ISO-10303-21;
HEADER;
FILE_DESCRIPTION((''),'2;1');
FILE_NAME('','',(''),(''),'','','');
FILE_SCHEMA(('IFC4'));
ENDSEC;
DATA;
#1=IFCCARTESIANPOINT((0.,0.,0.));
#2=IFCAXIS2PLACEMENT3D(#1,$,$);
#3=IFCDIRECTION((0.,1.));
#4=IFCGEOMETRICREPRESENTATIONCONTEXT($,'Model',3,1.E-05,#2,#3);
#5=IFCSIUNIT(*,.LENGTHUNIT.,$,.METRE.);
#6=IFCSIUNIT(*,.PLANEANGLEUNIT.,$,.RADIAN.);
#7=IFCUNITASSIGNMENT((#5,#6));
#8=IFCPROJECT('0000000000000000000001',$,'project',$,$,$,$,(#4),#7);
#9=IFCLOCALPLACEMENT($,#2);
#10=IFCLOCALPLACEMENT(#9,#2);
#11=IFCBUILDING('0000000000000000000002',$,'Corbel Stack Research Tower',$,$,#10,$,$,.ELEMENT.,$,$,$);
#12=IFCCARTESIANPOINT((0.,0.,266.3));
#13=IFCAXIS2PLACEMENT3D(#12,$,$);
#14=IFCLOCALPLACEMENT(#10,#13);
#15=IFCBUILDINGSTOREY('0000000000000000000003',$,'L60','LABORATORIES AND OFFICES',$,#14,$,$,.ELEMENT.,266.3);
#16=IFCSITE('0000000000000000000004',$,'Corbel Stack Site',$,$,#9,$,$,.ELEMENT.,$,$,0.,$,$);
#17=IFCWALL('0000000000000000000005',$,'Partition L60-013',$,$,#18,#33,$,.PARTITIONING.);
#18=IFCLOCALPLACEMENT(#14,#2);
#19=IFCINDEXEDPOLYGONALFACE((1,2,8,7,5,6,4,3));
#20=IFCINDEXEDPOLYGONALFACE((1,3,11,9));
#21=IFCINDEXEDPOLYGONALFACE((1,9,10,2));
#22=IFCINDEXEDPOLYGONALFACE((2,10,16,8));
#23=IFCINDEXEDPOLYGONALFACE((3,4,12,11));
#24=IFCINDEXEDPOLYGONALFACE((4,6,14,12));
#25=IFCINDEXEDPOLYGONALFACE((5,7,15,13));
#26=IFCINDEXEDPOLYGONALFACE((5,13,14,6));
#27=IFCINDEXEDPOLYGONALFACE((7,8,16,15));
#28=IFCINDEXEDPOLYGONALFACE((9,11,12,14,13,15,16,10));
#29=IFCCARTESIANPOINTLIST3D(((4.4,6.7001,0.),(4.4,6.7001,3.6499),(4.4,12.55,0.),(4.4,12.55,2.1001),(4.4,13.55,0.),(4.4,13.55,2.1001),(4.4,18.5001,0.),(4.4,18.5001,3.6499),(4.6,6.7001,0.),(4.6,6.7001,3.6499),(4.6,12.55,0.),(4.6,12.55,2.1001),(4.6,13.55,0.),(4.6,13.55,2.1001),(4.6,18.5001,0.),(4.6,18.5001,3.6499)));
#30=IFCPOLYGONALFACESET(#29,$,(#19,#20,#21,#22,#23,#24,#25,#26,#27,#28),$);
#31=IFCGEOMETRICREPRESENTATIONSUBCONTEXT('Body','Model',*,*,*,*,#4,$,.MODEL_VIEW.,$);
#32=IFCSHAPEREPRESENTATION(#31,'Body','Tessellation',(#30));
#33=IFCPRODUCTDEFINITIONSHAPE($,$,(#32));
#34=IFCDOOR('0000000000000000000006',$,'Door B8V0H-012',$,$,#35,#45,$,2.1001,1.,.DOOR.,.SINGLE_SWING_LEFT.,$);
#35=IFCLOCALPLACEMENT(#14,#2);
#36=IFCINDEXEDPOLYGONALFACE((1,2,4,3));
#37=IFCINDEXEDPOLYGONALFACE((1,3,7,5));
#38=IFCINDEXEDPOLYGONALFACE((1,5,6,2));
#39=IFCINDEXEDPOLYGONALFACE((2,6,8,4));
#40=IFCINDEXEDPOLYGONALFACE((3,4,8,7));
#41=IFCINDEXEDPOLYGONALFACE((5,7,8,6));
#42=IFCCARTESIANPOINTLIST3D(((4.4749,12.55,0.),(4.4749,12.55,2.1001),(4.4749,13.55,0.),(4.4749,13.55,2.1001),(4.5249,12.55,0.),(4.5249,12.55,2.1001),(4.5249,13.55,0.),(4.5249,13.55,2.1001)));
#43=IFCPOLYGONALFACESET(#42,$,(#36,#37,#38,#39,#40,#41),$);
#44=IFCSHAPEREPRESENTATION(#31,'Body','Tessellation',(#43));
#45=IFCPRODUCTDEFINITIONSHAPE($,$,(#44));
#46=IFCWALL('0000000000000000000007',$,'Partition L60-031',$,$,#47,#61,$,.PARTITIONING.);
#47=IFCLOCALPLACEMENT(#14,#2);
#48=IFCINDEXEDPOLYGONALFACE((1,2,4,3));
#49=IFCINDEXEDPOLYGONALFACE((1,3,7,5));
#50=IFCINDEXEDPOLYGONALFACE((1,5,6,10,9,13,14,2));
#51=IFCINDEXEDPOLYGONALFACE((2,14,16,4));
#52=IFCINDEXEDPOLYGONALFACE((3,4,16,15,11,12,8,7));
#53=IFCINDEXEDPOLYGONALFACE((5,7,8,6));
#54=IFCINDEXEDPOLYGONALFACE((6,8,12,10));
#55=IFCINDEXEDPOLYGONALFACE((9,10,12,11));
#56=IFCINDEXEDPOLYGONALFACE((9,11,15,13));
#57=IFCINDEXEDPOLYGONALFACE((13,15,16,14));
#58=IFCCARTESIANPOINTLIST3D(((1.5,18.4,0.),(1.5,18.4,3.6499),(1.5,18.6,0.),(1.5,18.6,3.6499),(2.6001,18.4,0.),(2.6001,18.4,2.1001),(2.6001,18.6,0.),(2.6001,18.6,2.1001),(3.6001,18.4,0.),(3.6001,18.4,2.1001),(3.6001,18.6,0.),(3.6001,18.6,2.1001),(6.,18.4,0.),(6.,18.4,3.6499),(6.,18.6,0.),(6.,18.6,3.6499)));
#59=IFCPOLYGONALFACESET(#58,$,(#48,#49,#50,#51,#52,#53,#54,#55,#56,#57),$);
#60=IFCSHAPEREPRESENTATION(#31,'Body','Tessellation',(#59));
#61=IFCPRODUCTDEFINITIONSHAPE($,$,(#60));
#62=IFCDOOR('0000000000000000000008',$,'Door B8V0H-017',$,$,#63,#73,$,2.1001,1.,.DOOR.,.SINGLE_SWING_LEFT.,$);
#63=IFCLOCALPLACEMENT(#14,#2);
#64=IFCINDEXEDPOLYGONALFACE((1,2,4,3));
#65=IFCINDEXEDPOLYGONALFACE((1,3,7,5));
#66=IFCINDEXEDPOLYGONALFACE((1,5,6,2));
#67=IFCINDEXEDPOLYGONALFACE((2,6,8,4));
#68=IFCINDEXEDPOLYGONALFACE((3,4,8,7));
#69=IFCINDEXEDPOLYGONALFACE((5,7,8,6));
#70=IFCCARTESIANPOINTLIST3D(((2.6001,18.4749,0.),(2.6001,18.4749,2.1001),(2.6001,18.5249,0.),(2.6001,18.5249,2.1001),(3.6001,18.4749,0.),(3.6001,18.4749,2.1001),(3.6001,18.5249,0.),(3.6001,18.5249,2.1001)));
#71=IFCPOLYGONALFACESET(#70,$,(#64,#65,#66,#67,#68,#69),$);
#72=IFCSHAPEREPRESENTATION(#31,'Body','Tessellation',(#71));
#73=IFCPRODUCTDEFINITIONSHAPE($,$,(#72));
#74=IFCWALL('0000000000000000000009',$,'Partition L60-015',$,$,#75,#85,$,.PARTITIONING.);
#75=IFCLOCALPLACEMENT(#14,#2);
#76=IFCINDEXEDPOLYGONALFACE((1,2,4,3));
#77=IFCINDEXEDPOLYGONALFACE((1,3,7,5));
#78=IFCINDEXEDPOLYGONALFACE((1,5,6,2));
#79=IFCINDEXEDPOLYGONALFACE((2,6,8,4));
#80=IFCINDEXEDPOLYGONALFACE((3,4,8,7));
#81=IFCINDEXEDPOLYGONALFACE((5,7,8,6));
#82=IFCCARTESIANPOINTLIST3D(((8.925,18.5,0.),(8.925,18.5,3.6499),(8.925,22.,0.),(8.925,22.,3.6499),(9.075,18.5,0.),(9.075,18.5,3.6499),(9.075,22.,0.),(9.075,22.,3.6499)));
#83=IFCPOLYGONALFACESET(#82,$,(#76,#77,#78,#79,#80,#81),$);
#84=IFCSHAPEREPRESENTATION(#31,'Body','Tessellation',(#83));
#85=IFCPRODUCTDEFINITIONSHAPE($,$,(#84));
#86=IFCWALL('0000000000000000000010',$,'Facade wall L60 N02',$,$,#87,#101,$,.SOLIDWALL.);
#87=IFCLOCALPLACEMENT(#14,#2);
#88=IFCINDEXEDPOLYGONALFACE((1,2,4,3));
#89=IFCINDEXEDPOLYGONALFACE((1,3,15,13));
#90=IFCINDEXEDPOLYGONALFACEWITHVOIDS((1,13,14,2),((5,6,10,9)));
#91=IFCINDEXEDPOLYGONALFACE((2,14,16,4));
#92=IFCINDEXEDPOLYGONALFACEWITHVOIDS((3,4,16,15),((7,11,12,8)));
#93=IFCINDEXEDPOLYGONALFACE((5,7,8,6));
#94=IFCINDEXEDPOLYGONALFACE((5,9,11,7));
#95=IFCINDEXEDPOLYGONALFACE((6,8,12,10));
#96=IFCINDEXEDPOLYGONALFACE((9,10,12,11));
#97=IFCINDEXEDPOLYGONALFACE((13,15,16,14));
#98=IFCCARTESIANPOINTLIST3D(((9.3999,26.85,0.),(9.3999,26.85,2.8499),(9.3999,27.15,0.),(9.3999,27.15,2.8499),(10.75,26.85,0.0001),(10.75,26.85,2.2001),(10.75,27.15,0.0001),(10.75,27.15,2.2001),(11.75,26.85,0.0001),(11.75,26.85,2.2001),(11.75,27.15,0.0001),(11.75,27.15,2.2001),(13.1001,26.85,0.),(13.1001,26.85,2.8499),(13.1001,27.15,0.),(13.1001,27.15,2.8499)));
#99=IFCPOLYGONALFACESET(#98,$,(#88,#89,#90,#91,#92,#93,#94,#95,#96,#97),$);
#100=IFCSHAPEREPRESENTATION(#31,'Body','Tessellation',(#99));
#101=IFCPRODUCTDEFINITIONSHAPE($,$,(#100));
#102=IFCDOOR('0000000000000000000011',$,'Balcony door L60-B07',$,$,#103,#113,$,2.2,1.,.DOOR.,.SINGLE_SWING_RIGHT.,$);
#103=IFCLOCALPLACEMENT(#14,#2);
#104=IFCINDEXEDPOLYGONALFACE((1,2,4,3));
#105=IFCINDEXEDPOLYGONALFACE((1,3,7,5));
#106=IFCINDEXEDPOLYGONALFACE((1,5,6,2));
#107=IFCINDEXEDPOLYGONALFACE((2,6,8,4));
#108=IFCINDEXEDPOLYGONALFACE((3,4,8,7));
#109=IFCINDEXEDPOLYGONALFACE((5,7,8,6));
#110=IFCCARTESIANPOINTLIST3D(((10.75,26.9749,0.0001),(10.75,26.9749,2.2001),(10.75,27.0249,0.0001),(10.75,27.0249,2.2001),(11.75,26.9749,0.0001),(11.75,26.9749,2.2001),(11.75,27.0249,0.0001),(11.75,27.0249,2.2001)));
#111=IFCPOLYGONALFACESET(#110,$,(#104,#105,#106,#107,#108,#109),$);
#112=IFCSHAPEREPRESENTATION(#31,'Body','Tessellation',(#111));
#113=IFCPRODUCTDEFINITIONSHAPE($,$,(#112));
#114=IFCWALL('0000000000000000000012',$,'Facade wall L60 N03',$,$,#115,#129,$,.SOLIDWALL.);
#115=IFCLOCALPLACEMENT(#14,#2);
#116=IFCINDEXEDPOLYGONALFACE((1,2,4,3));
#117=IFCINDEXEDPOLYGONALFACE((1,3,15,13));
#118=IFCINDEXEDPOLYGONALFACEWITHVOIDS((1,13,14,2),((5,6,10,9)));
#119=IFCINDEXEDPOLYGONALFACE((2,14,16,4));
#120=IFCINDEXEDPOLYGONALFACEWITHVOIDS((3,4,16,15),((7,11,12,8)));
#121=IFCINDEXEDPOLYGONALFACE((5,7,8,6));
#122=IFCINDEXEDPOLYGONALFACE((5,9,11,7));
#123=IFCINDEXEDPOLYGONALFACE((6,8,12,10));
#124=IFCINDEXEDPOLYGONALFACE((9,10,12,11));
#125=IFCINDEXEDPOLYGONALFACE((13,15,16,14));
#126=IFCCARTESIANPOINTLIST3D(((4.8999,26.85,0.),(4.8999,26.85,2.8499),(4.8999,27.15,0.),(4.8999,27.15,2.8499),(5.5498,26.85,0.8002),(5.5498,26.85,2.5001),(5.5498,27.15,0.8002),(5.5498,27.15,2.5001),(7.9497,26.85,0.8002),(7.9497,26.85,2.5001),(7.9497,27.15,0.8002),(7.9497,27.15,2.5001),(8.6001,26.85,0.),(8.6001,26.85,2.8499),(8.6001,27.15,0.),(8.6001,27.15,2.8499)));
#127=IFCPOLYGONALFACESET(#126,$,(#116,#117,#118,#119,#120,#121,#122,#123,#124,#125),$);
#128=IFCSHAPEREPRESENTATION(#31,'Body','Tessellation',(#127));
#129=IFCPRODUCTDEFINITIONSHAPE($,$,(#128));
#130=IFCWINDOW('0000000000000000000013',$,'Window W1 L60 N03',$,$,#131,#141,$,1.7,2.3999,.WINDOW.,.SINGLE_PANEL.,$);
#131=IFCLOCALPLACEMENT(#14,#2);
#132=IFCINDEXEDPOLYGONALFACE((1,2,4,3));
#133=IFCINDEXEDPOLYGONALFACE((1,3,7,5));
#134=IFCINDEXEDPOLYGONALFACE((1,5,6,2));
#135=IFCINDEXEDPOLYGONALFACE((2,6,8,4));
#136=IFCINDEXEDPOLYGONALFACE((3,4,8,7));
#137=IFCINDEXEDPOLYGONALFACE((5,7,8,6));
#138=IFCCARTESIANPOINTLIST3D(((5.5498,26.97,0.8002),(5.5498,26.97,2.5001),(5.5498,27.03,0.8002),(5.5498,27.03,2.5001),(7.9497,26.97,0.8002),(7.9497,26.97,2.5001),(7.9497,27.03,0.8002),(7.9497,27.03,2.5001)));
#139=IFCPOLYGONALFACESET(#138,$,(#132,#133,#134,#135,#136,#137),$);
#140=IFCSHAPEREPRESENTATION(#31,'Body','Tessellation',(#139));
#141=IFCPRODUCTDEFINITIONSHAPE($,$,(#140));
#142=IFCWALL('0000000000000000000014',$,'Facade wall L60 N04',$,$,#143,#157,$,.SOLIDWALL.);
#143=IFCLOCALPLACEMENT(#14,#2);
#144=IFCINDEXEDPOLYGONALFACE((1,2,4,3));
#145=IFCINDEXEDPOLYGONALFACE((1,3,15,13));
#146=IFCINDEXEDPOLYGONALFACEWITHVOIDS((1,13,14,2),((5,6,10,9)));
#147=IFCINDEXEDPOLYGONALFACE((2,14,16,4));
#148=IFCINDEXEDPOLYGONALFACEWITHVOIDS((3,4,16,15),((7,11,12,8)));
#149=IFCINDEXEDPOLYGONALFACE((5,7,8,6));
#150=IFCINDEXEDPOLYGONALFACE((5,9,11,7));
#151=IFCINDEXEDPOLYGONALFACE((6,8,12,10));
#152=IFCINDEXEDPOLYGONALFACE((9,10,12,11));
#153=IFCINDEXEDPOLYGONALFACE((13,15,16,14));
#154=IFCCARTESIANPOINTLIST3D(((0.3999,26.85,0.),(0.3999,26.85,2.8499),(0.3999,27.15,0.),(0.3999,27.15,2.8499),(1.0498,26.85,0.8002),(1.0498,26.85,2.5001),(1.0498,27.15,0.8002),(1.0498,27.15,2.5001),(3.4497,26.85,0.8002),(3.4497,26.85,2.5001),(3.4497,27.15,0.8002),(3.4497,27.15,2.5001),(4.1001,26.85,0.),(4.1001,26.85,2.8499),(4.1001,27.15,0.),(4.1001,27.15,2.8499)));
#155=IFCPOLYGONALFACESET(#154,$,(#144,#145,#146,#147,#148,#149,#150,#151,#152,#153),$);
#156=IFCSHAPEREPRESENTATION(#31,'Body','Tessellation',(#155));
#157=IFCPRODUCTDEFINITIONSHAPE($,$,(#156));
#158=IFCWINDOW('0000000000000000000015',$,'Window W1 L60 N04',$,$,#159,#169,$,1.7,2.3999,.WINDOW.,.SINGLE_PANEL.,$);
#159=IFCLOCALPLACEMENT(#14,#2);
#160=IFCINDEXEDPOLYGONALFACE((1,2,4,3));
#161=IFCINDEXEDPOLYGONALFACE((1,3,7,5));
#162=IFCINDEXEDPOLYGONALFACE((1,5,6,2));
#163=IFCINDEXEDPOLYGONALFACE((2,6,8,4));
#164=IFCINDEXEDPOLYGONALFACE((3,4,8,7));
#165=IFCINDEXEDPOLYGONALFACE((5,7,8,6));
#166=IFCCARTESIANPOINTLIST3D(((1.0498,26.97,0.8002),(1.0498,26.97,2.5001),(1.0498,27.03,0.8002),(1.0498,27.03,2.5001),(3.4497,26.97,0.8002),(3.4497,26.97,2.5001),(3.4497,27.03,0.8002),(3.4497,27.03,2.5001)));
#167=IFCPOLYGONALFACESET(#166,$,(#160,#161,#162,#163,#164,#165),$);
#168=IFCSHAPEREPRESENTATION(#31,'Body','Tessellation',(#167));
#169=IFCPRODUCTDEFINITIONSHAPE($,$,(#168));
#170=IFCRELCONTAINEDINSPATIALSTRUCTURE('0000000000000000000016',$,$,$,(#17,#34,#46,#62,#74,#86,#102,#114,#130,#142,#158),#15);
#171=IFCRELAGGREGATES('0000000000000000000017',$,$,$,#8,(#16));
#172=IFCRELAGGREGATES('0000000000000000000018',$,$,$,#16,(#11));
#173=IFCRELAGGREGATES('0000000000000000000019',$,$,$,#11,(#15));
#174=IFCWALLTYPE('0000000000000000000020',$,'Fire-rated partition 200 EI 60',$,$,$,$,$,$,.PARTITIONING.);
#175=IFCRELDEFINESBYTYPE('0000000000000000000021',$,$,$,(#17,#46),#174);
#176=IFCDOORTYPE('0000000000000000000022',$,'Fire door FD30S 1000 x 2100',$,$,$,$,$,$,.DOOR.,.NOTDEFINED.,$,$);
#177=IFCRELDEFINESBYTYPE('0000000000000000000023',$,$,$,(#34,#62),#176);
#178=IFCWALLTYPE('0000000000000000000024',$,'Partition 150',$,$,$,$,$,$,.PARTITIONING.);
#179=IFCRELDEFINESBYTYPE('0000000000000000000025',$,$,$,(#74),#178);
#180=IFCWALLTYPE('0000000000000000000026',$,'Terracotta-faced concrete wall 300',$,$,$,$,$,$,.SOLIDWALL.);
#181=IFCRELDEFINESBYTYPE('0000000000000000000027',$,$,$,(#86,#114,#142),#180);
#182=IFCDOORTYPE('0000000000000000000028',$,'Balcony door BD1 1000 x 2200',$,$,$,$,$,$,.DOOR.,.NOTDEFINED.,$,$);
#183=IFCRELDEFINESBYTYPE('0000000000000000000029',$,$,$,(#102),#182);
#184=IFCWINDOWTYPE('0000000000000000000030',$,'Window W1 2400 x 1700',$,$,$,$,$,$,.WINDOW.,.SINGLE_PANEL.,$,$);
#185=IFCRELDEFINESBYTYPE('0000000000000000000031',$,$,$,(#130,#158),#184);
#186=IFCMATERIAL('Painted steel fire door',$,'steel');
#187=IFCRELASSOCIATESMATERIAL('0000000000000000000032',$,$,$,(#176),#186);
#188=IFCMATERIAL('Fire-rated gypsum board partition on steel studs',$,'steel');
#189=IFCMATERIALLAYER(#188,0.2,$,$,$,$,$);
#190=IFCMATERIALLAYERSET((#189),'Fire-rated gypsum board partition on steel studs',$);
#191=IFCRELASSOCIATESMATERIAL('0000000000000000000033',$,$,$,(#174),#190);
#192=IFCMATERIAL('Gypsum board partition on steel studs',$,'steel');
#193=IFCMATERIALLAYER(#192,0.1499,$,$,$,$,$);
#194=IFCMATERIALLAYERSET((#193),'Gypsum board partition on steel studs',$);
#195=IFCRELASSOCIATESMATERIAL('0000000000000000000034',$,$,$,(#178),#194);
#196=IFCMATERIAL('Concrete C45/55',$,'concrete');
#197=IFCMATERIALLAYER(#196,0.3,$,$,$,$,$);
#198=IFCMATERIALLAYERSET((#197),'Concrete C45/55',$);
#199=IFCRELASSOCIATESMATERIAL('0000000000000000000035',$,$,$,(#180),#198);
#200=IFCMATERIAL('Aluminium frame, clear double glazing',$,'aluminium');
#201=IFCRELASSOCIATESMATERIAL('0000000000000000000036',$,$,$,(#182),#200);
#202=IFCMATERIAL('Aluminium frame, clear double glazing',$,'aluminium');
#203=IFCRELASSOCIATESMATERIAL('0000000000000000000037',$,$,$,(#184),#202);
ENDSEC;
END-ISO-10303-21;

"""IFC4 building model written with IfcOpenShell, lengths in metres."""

from ifc_helpers import new_model, si_unit, direction, frame, frame_2d, origin, place, context, subcontext, project, spatial, rectangle, extrude, material, layer, layer_set, type_object, element, fill, save


model = new_model("IFC4")

# Units and contexts
model_context = context("Model", 3, precision=1e-05, world=origin(), true_north=direction((0.0, 1.0)))
body_context = subcontext(model_context, "Body", "Model", "MODEL_VIEW")
ifc_project = project(units=[si_unit("LENGTHUNIT", "METRE"), si_unit("PLANEANGLEUNIT", "RADIAN")], contexts=[model_context])

# Site, building, storey
site_placement = place(None, origin())
site = spatial("IfcSite", under=ifc_project, at=site_placement, Name="Corbel Stack Site", CompositionType="ELEMENT", RefElevation=0.0)
building_placement = place(site_placement, origin())
building = spatial("IfcBuilding", under=site, at=building_placement, Name="Corbel Stack Research Tower", CompositionType="ELEMENT")
storey_placement = place(building_placement, frame((0.0, 0.0, 266.3)))
storey = spatial("IfcBuildingStorey", under=building, at=storey_placement, Name="L60", Description="LABORATORIES AND OFFICES", CompositionType="ELEMENT", Elevation=266.3)

# Walls, openings, doors
ifc_material_1 = material(Name="Painted steel fire door", Category="steel")
door_type_1 = type_object("IfcDoorType", Name="Fire door FD30S 1000 x 2100", OperationType="NOTDEFINED", PredefinedType="DOOR", material=ifc_material_1)
ifc_material_2 = material(Name="Fire-rated gypsum board partition on steel studs", Category="steel")
ifc_layer_1 = layer(ifc_material_2, 0.2)
ifc_layer_set_1 = layer_set([ifc_layer_1], Name="Fire-rated gypsum board partition on steel studs")
wall_type_1 = type_object("IfcWallType", Name="Fire-rated partition 200 EI 60", PredefinedType="PARTITIONING", material=ifc_layer_set_1)
wall_1_placement = place(storey_placement, frame((4.5, 18.5, 0.0), z_axis=(0.0, 0.0, 1.0), x_axis=(0.0, -1.0, 0.0)))
wall_1 = element("IfcWall", 1, at=wall_1_placement, inside=storey, type_object=wall_type_1, Name="Partition L60-013", PredefinedType="PARTITIONING", context=body_context, shape_type="SweptSolid", body=[
    extrude(rectangle(XDim=11.8, YDim=0.2, at=frame_2d((5.8999, 0.0))), origin(), (0.0, 0.0, 1.0), 3.6499),
])
opening_1_placement = place(wall_1_placement, frame((4.95, 0.0, 0.0)))
opening_1 = element("IfcOpeningElement", 2, at=opening_1_placement, cuts=wall_1, PredefinedType="OPENING", context=body_context, shape_type="SweptSolid", body=[
    extrude(rectangle(XDim=1.0, YDim=2.1001, at=frame_2d((0.5, 1.05))), frame((0.0, 0.1099, 0.0), z_axis=(0.0, -1.0, 0.0), x_axis=(1.0, 0.0, 0.0)), (0.0, 0.0, 1.0), 0.22),
])
door_1_placement = place(opening_1_placement, origin())
door_1 = element("IfcDoor", 3, at=door_1_placement, inside=storey, type_object=door_type_1, Name="Door B8V0H-012", OperationType="SINGLE_SWING_LEFT", OverallHeight=2.1001, OverallWidth=1.0, PredefinedType="DOOR", context=body_context, shape_type="SweptSolid", body=[
    extrude(rectangle(XDim=1.0, YDim=2.1001, at=frame_2d((0.5, 1.05))), frame((0.0, 0.0249, 0.0), z_axis=(0.0, -1.0, 0.0), x_axis=(1.0, 0.0, 0.0)), (0.0, 0.0, 1.0), 0.05),
])
fill(opening_1, door_1)
wall_2_placement = place(storey_placement, frame((1.5, 18.5, 0.0), z_axis=(0.0, 0.0, 1.0), x_axis=(1.0, 0.0, 0.0)))
wall_2 = element("IfcWall", 4, at=wall_2_placement, inside=storey, type_object=wall_type_1, Name="Partition L60-031", PredefinedType="PARTITIONING", context=body_context, shape_type="SweptSolid", body=[
    extrude(rectangle(XDim=4.5, YDim=0.2, at=frame_2d((2.25, 0.0))), origin(), (0.0, 0.0, 1.0), 3.6499),
])
opening_2_placement = place(wall_2_placement, frame((1.1001, 0.0, 0.0)))
opening_2 = element("IfcOpeningElement", 5, at=opening_2_placement, cuts=wall_2, PredefinedType="OPENING", context=body_context, shape_type="SweptSolid", body=[
    extrude(rectangle(XDim=1.0, YDim=2.1001, at=frame_2d((0.5, 1.05))), frame((0.0, 0.1099, 0.0), z_axis=(0.0, -1.0, 0.0), x_axis=(1.0, 0.0, 0.0)), (0.0, 0.0, 1.0), 0.22),
])
door_2_placement = place(opening_2_placement, origin())
door_2 = element("IfcDoor", 6, at=door_2_placement, inside=storey, type_object=door_type_1, Name="Door B8V0H-017", OperationType="SINGLE_SWING_LEFT", OverallHeight=2.1001, OverallWidth=1.0, PredefinedType="DOOR", context=body_context, shape_type="SweptSolid", body=[
    extrude(rectangle(XDim=1.0, YDim=2.1001, at=frame_2d((0.5, 1.05))), frame((0.0, 0.0249, 0.0), z_axis=(0.0, -1.0, 0.0), x_axis=(1.0, 0.0, 0.0)), (0.0, 0.0, 1.0), 0.05),
])
fill(opening_2, door_2)

# Wall
ifc_material_3 = material(Name="Gypsum board partition on steel studs", Category="steel")
ifc_layer_2 = layer(ifc_material_3, 0.1499)
ifc_layer_set_2 = layer_set([ifc_layer_2], Name="Gypsum board partition on steel studs")
wall_type_2 = type_object("IfcWallType", Name="Partition 150", PredefinedType="PARTITIONING", material=ifc_layer_set_2)
wall_3_placement = place(storey_placement, frame((9.0, 18.5, 0.0), z_axis=(0.0, 0.0, 1.0), x_axis=(0.0, 1.0, 0.0)))
element("IfcWall", 7, at=wall_3_placement, inside=storey, type_object=wall_type_2, Name="Partition L60-015", PredefinedType="PARTITIONING", context=body_context, shape_type="SweptSolid", body=[
    extrude(rectangle(XDim=3.5, YDim=0.1499, at=frame_2d((1.75, 0.0))), origin(), (0.0, 0.0, 1.0), 3.6499),
])

# Wall, opening, door
ifc_material_4 = material(Name="Concrete C45/55", Category="concrete")
ifc_layer_3 = layer(ifc_material_4, 0.3)
ifc_layer_set_3 = layer_set([ifc_layer_3], Name="Concrete C45/55")
wall_type_3 = type_object("IfcWallType", Name="Terracotta-faced concrete wall 300", PredefinedType="SOLIDWALL", material=ifc_layer_set_3)
wall_4_placement = place(storey_placement, frame((9.3999, 27.0, 0.0), z_axis=(0.0, 0.0, 1.0), x_axis=(1.0, 0.0, 0.0)))
wall_4 = element("IfcWall", 8, at=wall_4_placement, inside=storey, type_object=wall_type_3, Name="Facade wall L60 N02", PredefinedType="SOLIDWALL", context=body_context, shape_type="SweptSolid", body=[
    extrude(rectangle(XDim=3.7002, YDim=0.3, at=frame_2d((1.8501, 0.0))), origin(), (0.0, 0.0, 1.0), 2.8499),
])
opening_3_placement = place(wall_4_placement, frame((1.3501, 0.0, 0.0)))
opening_3 = element("IfcOpeningElement", 9, at=opening_3_placement, cuts=wall_4, PredefinedType="OPENING", context=body_context, shape_type="SweptSolid", body=[
    extrude(rectangle(XDim=1.0, YDim=2.2, at=frame_2d((0.5, 1.1001))), frame((0.0, 0.1599, 0.0), z_axis=(0.0, -1.0, 0.0), x_axis=(1.0, 0.0, 0.0)), (0.0, 0.0, 1.0), 0.3201),
])
ifc_material_5 = material(Name="Aluminium frame, clear double glazing", Category="aluminium")
door_type_2 = type_object("IfcDoorType", Name="Balcony door BD1 1000 x 2200", OperationType="NOTDEFINED", PredefinedType="DOOR", material=ifc_material_5)
door_3_placement = place(opening_3_placement, origin())
door_3 = element("IfcDoor", 10, at=door_3_placement, inside=storey, type_object=door_type_2, Name="Balcony door L60-B07", OperationType="SINGLE_SWING_RIGHT", OverallHeight=2.2, OverallWidth=1.0, PredefinedType="DOOR", context=body_context, shape_type="SweptSolid", body=[
    extrude(rectangle(XDim=1.0, YDim=2.2, at=frame_2d((0.5, 1.1001))), frame((0.0, 0.0249, 0.0), z_axis=(0.0, -1.0, 0.0), x_axis=(1.0, 0.0, 0.0)), (0.0, 0.0, 1.0), 0.05),
])
fill(opening_3, door_3)

# Walls, openings, windows
wall_5_placement = place(storey_placement, frame((4.8999, 27.0, 0.0), z_axis=(0.0, 0.0, 1.0), x_axis=(1.0, 0.0, 0.0)))
wall_5 = element("IfcWall", 11, at=wall_5_placement, inside=storey, type_object=wall_type_3, Name="Facade wall L60 N03", PredefinedType="SOLIDWALL", context=body_context, shape_type="SweptSolid", body=[
    extrude(rectangle(XDim=3.7002, YDim=0.3, at=frame_2d((1.8501, 0.0))), origin(), (0.0, 0.0, 1.0), 2.8499),
])
opening_4_placement = place(wall_5_placement, frame((0.6499, 0.0, 0.8)))
opening_4 = element("IfcOpeningElement", 12, at=opening_4_placement, cuts=wall_5, PredefinedType="OPENING", context=body_context, shape_type="SweptSolid", body=[
    extrude(rectangle(XDim=2.3999, YDim=1.7, at=frame_2d((1.2, 0.8501))), frame((0.0, 0.1599, 0.0), z_axis=(0.0, -1.0, 0.0), x_axis=(1.0, 0.0, 0.0)), (0.0, 0.0, 1.0), 0.3201),
])
ifc_material_6 = material(Name="Aluminium frame, clear double glazing", Category="aluminium")
window_type = type_object("IfcWindowType", Name="Window W1 2400 x 1700", PartitioningType="SINGLE_PANEL", PredefinedType="WINDOW", material=ifc_material_6)
window_1_placement = place(opening_4_placement, origin())
window_1 = element("IfcWindow", 13, at=window_1_placement, inside=storey, type_object=window_type, Name="Window W1 L60 N03", OverallHeight=1.7, OverallWidth=2.3999, PartitioningType="SINGLE_PANEL", PredefinedType="WINDOW", context=body_context, shape_type="SweptSolid", body=[
    extrude(rectangle(XDim=2.3999, YDim=1.7, at=frame_2d((1.2, 0.8501))), frame((0.0, 0.03, 0.0), z_axis=(0.0, -1.0, 0.0), x_axis=(1.0, 0.0, 0.0)), (0.0, 0.0, 1.0), 0.0601),
])
fill(opening_4, window_1)
wall_6_placement = place(storey_placement, frame((0.3999, 27.0, 0.0), z_axis=(0.0, 0.0, 1.0), x_axis=(1.0, 0.0, 0.0)))
wall_6 = element("IfcWall", 14, at=wall_6_placement, inside=storey, type_object=wall_type_3, Name="Facade wall L60 N04", PredefinedType="SOLIDWALL", context=body_context, shape_type="SweptSolid", body=[
    extrude(rectangle(XDim=3.7002, YDim=0.3, at=frame_2d((1.8501, 0.0))), origin(), (0.0, 0.0, 1.0), 2.8499),
])
opening_5_placement = place(wall_6_placement, frame((0.6499, 0.0, 0.8)))
opening_5 = element("IfcOpeningElement", 15, at=opening_5_placement, cuts=wall_6, PredefinedType="OPENING", context=body_context, shape_type="SweptSolid", body=[
    extrude(rectangle(XDim=2.3999, YDim=1.7, at=frame_2d((1.2, 0.8501))), frame((0.0, 0.1599, 0.0), z_axis=(0.0, -1.0, 0.0), x_axis=(1.0, 0.0, 0.0)), (0.0, 0.0, 1.0), 0.3201),
])
window_2_placement = place(opening_5_placement, origin())
window_2 = element("IfcWindow", 16, at=window_2_placement, inside=storey, type_object=window_type, Name="Window W1 L60 N04", OverallHeight=1.7, OverallWidth=2.3999, PartitioningType="SINGLE_PANEL", PredefinedType="WINDOW", context=body_context, shape_type="SweptSolid", body=[
    extrude(rectangle(XDim=2.3999, YDim=1.7, at=frame_2d((1.2, 0.8501))), frame((0.0, 0.03, 0.0), z_axis=(0.0, -1.0, 0.0), x_axis=(1.0, 0.0, 0.0)), (0.0, 0.0, 1.0), 0.0601),
])
fill(opening_5, window_2)

save(model, "model.ifc")
